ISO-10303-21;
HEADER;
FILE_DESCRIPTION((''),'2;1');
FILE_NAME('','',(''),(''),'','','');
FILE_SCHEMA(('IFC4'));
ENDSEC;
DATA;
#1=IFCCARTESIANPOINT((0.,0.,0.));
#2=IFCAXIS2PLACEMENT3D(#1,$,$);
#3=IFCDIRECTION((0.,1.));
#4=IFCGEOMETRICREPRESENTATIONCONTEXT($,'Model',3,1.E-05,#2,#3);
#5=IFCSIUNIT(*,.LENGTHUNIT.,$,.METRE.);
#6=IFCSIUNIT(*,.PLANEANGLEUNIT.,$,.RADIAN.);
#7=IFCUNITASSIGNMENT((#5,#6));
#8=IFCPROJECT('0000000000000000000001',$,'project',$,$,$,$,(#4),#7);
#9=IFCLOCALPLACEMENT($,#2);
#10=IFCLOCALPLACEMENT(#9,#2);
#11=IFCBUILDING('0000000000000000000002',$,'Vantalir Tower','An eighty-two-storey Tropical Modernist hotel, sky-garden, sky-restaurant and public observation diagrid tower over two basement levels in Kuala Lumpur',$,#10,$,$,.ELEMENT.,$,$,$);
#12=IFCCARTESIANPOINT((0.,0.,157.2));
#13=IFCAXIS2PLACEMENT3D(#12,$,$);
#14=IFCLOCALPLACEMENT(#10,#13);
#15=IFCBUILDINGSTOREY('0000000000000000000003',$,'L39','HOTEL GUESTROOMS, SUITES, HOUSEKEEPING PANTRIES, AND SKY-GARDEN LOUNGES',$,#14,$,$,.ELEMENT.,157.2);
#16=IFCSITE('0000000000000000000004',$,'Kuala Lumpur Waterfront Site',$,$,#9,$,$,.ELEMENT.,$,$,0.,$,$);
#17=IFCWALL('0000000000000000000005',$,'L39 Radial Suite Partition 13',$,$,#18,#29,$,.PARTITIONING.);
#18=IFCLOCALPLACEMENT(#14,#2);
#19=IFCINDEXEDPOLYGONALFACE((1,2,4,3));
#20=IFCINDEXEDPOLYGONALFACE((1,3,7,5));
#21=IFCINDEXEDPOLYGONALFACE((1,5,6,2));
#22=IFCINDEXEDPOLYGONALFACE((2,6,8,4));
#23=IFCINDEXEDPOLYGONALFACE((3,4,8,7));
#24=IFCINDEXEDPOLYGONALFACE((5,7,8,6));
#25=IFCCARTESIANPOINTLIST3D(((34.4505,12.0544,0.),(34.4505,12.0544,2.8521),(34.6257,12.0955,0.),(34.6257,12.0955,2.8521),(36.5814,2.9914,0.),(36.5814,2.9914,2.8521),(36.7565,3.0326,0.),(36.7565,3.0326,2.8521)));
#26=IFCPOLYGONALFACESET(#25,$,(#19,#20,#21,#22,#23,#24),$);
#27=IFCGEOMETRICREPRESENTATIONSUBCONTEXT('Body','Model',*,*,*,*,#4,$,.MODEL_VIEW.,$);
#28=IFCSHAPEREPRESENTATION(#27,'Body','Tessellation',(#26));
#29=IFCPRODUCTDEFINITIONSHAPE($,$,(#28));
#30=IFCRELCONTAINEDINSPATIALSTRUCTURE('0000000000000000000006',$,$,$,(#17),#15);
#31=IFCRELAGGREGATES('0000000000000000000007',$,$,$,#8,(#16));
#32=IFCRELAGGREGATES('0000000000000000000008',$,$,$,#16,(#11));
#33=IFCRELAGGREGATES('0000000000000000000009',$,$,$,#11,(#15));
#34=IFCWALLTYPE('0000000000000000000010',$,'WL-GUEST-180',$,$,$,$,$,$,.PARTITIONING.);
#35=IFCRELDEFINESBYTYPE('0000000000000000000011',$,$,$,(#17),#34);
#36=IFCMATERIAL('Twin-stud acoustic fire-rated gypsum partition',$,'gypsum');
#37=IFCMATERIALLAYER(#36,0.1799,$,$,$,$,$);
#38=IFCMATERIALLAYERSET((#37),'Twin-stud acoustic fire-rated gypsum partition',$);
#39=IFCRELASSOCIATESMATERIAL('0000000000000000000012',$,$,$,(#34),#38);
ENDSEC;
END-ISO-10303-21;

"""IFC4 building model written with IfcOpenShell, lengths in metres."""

from ifc_helpers import new_model, si_unit, direction, frame, frame_2d, origin, place, context, subcontext, project, spatial, rectangle, extrude, material, layer, layer_set, type_object, element, save


model = new_model("IFC4")

# Units and contexts
model_context = context("Model", 3, precision=1e-05, world=origin(), true_north=direction((0.0, 1.0)))
body_context = subcontext(model_context, "Body", "Model", "MODEL_VIEW")
ifc_project = project(units=[si_unit("LENGTHUNIT", "METRE"), si_unit("PLANEANGLEUNIT", "RADIAN")], contexts=[model_context])

# Site, building, storey
site_placement = place(None, origin())
site = spatial("IfcSite", under=ifc_project, at=site_placement, Name="Kuala Lumpur Waterfront Site", CompositionType="ELEMENT", RefElevation=0.0)
building_placement = place(site_placement, origin())
building = spatial("IfcBuilding", under=site, at=building_placement, Name="Vantalir Tower", Description="An eighty-two-storey Tropical Modernist hotel, sky-garden, sky-restaurant and public observation diagrid tower over two basement levels in Kuala Lumpur", CompositionType="ELEMENT")
storey_placement = place(building_placement, frame((0.0, 0.0, 157.2)))
storey = spatial("IfcBuildingStorey", under=building, at=storey_placement, Name="L39", Description="HOTEL GUESTROOMS, SUITES, HOUSEKEEPING PANTRIES, AND SKY-GARDEN LOUNGES", CompositionType="ELEMENT", Elevation=157.2)

# Wall
ifc_material_1 = material(Name="Twin-stud acoustic fire-rated gypsum partition", Category="gypsum")
ifc_layer_1 = layer(ifc_material_1, 0.1799)
ifc_layer_set_1 = layer_set([ifc_layer_1], Name="Twin-stud acoustic fire-rated gypsum partition")
wall_type_1 = type_object("IfcWallType", Name="WL-GUEST-180", PredefinedType="PARTITIONING", material=ifc_layer_set_1)
wall_1_placement = place(storey_placement, frame((34.5381, 12.075, 0.0), z_axis=(0.0, 0.0, 1.0), x_axis=(0.228876, -0.973456, 0.0)))
element("IfcWall", 1, at=wall_1_placement, inside=storey, type_object=wall_type_1, Name="L39 Radial Suite Partition 13", PredefinedType="PARTITIONING", context=body_context, shape_type="SweptSolid", body=[
    extrude(rectangle(XDim=9.3101, YDim=0.1799, at=frame_2d((4.655, 0.0))), origin(), (0.0, 0.0, 1.0), 2.8521),
])

save(model, "model.ifc")
